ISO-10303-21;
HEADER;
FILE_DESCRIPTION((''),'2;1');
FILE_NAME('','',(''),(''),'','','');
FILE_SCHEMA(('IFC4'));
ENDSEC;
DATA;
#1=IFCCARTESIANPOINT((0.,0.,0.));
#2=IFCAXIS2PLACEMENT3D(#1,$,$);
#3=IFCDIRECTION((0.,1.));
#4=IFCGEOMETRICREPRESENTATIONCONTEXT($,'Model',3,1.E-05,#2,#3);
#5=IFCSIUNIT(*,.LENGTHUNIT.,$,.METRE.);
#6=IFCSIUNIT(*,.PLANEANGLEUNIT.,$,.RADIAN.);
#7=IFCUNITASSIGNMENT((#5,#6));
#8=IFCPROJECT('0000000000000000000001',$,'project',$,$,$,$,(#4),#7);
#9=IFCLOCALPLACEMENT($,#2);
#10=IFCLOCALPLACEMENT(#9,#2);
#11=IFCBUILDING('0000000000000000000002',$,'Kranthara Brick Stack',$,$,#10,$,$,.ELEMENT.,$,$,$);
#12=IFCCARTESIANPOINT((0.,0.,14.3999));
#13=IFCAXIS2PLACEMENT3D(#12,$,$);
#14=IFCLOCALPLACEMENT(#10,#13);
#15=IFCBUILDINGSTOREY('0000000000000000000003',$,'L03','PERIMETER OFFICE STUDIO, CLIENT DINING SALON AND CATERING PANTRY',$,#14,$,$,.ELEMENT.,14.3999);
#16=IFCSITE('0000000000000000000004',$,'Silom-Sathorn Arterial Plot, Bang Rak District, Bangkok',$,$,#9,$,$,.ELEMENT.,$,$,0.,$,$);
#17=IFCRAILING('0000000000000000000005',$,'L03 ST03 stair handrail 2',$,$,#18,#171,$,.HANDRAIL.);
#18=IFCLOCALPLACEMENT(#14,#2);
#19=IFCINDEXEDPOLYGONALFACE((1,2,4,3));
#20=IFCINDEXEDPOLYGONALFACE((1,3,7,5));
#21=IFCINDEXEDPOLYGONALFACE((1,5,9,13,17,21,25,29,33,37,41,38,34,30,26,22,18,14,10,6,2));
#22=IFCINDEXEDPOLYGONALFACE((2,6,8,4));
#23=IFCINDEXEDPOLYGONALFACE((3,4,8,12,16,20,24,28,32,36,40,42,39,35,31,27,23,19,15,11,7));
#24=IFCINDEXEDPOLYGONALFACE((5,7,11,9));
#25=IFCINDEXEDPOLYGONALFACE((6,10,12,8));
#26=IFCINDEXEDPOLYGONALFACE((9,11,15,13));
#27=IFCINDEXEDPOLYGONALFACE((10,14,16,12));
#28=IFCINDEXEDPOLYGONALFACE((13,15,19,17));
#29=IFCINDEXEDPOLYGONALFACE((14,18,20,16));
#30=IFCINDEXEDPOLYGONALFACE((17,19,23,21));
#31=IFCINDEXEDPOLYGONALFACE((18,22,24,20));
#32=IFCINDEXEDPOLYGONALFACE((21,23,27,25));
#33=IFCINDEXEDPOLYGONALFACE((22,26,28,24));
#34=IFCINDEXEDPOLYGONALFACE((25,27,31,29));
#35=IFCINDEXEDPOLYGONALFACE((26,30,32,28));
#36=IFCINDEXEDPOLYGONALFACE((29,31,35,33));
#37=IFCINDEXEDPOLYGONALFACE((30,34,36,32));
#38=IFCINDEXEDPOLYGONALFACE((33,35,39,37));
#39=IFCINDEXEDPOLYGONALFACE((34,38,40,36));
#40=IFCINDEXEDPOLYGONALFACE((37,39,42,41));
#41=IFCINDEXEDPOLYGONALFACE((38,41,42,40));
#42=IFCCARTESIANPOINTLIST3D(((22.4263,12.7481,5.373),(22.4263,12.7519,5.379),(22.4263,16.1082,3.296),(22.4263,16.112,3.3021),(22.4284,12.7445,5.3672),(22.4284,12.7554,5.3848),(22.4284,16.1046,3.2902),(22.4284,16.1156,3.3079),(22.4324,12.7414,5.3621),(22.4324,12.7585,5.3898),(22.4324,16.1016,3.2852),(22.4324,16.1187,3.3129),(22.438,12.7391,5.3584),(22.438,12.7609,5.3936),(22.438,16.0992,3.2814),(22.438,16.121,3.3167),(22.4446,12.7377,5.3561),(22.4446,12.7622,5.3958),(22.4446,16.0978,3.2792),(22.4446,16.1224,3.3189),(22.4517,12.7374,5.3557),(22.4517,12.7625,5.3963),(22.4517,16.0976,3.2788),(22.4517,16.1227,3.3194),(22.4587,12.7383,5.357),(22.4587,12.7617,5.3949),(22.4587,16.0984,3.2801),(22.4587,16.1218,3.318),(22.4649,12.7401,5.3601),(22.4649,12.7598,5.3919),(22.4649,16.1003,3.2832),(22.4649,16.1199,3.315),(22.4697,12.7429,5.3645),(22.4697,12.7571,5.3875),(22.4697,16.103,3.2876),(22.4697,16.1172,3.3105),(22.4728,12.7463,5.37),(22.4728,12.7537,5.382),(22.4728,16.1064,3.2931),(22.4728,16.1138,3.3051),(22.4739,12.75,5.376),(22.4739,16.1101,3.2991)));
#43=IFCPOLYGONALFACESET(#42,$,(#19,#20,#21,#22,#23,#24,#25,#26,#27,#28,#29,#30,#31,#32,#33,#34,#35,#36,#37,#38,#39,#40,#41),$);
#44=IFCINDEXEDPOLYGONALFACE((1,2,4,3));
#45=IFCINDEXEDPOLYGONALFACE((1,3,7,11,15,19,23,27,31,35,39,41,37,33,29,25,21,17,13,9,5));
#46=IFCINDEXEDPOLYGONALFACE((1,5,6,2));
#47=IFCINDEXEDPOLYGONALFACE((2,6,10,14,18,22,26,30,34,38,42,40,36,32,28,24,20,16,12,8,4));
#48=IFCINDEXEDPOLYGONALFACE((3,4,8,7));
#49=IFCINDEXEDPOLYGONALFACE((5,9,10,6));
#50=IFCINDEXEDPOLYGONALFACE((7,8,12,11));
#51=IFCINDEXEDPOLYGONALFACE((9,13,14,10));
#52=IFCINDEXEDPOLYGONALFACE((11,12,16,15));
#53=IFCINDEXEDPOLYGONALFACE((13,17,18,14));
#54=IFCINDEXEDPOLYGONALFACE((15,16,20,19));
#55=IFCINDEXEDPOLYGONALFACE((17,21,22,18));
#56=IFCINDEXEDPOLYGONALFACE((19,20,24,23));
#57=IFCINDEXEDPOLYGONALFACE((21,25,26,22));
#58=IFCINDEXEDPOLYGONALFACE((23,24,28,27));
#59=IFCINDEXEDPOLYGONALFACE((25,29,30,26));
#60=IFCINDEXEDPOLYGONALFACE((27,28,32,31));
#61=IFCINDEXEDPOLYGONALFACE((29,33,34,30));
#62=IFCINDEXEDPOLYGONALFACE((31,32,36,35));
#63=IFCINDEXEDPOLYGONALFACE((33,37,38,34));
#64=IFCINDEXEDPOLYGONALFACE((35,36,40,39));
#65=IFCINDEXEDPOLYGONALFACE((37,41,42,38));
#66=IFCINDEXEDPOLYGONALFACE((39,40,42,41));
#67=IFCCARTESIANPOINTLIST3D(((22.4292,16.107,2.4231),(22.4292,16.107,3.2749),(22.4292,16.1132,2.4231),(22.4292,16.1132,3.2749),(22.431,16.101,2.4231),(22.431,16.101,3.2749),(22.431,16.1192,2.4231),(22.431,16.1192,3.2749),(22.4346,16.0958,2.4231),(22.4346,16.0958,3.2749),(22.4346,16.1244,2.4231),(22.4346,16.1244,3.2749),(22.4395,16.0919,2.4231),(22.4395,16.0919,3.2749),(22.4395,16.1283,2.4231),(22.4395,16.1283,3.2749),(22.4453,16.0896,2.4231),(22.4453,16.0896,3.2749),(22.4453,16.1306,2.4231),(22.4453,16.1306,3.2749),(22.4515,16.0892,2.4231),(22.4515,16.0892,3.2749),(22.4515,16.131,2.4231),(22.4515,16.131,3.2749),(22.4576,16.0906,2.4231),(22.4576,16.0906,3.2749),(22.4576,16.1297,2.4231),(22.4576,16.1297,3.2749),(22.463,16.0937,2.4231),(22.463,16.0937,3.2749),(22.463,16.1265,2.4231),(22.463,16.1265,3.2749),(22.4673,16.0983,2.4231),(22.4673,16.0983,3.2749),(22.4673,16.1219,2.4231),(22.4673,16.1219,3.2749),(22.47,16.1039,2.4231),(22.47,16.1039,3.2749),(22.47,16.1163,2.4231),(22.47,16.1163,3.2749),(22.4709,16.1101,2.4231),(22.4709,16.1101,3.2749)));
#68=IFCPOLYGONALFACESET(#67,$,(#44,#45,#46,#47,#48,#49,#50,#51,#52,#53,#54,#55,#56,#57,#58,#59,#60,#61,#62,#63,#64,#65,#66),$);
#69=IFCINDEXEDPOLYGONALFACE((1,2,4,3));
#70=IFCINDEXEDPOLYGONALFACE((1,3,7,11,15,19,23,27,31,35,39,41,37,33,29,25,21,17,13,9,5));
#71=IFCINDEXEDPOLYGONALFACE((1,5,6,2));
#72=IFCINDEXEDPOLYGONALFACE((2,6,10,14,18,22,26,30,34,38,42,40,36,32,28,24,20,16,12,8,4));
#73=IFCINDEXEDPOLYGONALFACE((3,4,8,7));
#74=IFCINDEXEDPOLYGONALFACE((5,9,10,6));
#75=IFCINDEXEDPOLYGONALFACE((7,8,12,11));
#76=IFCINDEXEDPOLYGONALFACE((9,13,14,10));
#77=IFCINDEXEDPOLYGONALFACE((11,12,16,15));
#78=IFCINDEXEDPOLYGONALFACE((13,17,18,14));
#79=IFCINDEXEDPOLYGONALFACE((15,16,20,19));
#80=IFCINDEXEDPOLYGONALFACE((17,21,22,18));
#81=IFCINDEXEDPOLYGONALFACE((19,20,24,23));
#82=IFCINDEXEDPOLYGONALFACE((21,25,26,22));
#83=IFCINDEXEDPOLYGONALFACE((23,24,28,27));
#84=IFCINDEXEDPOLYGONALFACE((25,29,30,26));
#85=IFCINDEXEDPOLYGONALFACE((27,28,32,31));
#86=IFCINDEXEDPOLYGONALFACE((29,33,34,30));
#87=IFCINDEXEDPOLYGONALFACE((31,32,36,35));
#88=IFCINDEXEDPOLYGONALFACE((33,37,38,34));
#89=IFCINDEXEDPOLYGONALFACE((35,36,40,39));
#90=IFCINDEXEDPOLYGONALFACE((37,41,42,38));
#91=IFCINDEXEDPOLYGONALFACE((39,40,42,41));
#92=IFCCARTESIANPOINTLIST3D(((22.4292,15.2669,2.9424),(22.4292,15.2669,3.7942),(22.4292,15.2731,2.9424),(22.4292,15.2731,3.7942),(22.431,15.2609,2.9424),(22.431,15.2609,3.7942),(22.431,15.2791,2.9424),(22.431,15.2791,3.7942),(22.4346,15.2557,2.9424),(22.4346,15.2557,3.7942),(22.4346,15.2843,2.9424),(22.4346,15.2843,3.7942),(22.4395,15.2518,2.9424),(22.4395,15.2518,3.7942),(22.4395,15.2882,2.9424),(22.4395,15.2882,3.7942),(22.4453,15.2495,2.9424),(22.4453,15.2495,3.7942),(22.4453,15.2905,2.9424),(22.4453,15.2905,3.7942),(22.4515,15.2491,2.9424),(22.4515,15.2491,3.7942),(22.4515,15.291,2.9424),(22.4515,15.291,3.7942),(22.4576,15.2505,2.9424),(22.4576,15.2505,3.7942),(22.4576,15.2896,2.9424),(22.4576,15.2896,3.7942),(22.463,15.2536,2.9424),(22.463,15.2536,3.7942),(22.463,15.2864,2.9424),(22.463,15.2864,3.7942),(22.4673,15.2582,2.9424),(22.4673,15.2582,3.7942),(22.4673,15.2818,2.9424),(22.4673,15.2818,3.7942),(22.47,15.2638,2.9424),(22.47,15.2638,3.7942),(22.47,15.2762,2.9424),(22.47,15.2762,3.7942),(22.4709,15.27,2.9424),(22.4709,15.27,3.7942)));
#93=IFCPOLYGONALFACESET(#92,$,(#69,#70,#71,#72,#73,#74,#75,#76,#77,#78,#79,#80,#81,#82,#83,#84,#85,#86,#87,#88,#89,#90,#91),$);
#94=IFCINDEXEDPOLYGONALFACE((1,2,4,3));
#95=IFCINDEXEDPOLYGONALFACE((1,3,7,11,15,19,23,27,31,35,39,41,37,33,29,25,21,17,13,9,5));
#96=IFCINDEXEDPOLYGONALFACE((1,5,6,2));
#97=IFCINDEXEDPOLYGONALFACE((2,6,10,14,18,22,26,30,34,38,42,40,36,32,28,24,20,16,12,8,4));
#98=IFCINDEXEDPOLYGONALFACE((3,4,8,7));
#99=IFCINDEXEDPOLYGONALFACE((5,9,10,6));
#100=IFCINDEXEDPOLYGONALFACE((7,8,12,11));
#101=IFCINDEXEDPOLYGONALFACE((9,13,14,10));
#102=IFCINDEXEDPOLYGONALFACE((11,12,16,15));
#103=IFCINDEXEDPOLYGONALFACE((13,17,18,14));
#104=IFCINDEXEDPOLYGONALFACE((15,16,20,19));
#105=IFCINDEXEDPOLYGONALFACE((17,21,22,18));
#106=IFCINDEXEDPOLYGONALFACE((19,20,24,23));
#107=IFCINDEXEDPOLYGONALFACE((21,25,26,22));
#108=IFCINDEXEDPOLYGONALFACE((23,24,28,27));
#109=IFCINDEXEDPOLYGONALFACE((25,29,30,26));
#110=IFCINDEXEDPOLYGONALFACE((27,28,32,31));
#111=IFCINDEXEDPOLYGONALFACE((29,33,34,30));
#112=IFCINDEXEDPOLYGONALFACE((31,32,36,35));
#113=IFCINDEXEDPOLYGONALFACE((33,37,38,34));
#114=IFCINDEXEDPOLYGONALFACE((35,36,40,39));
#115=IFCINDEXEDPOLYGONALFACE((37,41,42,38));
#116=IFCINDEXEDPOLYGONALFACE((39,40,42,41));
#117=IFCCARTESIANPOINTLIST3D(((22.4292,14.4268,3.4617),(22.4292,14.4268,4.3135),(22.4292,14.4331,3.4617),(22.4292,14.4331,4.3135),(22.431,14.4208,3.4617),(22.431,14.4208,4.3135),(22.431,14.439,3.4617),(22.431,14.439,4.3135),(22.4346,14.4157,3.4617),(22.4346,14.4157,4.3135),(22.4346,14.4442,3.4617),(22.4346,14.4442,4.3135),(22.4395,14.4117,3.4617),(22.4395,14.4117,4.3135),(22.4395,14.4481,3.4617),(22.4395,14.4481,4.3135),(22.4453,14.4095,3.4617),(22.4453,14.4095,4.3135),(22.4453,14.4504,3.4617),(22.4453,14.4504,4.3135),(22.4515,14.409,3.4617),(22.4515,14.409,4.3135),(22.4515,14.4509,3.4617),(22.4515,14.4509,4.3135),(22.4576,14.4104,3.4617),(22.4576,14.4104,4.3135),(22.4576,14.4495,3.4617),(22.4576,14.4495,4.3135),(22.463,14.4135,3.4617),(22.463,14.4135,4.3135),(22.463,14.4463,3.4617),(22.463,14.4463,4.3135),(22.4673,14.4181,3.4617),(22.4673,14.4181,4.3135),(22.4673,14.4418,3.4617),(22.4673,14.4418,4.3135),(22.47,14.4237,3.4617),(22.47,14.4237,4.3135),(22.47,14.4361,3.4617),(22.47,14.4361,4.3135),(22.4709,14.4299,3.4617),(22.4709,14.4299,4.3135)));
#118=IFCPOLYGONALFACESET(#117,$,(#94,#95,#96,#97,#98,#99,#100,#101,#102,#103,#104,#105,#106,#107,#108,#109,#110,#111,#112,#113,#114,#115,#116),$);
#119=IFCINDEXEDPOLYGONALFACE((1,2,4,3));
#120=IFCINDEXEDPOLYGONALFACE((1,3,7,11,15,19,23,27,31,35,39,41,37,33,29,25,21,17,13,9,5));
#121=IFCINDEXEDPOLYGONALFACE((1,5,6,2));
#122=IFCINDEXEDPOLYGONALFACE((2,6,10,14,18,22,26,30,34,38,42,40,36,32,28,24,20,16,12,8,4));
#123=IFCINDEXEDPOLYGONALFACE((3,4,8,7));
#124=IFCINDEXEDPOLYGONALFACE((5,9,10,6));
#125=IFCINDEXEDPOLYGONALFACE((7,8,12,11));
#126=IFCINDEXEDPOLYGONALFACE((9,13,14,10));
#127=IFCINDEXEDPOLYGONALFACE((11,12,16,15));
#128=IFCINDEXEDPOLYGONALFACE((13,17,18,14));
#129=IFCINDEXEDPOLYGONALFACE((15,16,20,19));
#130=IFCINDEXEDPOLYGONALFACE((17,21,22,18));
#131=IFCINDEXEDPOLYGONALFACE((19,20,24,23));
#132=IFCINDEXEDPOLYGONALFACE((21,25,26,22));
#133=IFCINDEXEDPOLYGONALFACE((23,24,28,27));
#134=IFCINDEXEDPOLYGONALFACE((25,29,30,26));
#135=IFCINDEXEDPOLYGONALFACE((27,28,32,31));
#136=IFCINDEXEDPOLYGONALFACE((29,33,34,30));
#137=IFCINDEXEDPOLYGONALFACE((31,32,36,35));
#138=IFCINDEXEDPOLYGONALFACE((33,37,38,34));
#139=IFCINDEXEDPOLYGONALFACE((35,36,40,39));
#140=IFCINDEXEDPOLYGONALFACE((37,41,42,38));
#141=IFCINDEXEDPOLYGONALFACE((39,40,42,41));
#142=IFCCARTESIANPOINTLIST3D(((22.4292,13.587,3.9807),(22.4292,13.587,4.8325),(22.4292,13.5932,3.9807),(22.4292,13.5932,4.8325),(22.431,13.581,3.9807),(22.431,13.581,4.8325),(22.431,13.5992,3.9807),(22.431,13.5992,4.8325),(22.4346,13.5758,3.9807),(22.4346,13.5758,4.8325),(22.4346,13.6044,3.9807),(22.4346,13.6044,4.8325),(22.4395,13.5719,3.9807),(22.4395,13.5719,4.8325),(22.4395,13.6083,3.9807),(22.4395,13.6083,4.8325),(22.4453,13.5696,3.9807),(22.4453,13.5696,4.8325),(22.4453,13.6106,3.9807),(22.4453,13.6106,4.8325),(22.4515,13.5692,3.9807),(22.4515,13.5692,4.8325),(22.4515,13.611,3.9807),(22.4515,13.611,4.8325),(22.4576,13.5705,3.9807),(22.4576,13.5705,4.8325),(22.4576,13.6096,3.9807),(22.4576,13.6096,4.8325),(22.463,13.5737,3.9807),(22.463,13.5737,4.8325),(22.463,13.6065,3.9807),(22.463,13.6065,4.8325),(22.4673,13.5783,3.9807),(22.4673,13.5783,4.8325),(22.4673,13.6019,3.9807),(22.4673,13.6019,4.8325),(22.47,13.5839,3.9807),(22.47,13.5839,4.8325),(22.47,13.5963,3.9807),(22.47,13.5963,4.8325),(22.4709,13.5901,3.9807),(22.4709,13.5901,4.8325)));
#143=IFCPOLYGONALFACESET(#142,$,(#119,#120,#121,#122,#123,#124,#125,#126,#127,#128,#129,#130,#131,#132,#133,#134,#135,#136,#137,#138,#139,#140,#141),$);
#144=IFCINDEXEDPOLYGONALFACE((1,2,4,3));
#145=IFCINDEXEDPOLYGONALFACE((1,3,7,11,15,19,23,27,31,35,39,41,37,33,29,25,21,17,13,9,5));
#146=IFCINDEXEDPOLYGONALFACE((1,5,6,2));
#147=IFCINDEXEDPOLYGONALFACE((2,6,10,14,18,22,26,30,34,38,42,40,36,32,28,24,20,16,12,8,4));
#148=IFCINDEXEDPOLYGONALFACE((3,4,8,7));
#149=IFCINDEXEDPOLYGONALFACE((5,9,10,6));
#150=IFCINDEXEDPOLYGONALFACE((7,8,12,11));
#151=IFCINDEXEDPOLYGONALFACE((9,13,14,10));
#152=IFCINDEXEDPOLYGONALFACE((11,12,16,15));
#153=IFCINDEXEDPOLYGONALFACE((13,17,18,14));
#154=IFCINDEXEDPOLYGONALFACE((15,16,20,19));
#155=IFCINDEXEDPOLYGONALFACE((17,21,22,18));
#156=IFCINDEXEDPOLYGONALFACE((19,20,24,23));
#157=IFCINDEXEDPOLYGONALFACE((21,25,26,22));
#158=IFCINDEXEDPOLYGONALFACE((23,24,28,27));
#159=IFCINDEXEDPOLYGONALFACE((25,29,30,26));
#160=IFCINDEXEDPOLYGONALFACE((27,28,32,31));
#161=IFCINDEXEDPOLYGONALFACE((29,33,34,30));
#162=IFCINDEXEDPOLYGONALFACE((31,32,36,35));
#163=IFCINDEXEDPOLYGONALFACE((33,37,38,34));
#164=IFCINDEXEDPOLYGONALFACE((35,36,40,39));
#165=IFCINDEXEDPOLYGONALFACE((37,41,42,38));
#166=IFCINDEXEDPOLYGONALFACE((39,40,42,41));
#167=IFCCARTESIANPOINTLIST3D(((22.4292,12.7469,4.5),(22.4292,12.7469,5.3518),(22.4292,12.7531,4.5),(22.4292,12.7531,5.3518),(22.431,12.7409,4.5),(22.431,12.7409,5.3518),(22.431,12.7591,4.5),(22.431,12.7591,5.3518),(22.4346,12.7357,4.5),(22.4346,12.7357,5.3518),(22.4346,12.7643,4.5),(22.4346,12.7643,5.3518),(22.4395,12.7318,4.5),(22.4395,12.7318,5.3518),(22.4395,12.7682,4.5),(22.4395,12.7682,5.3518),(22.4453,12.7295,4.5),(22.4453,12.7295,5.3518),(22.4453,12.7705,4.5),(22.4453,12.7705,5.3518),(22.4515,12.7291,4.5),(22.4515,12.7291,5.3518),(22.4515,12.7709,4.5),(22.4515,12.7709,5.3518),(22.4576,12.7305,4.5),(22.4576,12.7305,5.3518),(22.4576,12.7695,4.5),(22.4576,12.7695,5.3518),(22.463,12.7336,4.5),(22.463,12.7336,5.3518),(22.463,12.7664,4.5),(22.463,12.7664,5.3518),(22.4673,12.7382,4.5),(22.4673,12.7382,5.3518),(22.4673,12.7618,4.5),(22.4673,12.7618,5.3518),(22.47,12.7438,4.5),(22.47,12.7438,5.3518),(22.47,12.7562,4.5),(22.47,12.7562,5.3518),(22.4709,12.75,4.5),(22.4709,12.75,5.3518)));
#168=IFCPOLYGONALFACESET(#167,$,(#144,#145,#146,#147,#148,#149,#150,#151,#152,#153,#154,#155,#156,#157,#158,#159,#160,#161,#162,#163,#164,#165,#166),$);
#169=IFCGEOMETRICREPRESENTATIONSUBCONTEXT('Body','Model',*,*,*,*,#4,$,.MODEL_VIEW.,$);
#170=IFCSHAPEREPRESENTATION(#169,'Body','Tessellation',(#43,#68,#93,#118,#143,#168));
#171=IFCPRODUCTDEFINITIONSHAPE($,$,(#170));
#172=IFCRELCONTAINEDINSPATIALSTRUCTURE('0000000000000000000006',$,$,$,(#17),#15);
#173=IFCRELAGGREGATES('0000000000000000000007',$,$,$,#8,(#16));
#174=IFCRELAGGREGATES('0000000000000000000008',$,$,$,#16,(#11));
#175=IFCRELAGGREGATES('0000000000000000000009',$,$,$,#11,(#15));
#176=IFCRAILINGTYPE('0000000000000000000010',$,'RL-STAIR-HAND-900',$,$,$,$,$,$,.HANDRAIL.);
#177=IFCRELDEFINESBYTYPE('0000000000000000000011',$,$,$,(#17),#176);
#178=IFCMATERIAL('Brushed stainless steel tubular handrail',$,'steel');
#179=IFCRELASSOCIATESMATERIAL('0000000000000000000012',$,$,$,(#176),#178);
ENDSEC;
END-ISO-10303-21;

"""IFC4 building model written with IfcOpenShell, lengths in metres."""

from ifc_helpers import new_model, si_unit, direction, frame, origin, origin_2d, place, context, subcontext, project, spatial, circle, extrude, material, type_object, element, save


model = new_model("IFC4")

# Units and contexts
model_context = context("Model", 3, precision=1e-05, world=origin(), true_north=direction((0.0, 1.0)))
body_context = subcontext(model_context, "Body", "Model", "MODEL_VIEW")
ifc_project = project(units=[si_unit("LENGTHUNIT", "METRE"), si_unit("PLANEANGLEUNIT", "RADIAN")], contexts=[model_context])

# Site, building, storey
site_placement = place(None, origin())
site = spatial("IfcSite", under=ifc_project, at=site_placement, Name="Silom-Sathorn Arterial Plot, Bang Rak District, Bangkok", CompositionType="ELEMENT", RefElevation=0.0)
building_placement = place(site_placement, origin())
building = spatial("IfcBuilding", under=site, at=building_placement, Name="Kranthara Brick Stack", CompositionType="ELEMENT")
storey_placement = place(building_placement, frame((0.0, 0.0, 14.3999)))
storey = spatial("IfcBuildingStorey", under=building, at=storey_placement, Name="L03", Description="PERIMETER OFFICE STUDIO, CLIENT DINING SALON AND CATERING PANTRY", CompositionType="ELEMENT", Elevation=14.3999)

# Railing
ifc_material_1 = material(Name="Brushed stainless steel tubular handrail", Category="steel")
railing_type_1 = type_object("IfcRailingType", Name="RL-STAIR-HAND-900", PredefinedType="HANDRAIL", material=ifc_material_1)
railing_1_placement = place(storey_placement, frame((22.45, 16.1101, 2.4231)))
element("IfcRailing", 1, at=railing_1_placement, inside=storey, type_object=railing_type_1, Name="L03 ST03 stair handrail 2", PredefinedType="HANDRAIL", context=body_context, shape_type="SweptSolid", body=[
    extrude(circle(Radius=0.0239, at=origin_2d()), frame((0.0, 0.0, 0.876), z_axis=(0.0, -0.850623, 0.525776), x_axis=(1.0, 0.0, 0.0)), (0.0, 0.0, 1.0), 3.9502),
    extrude(circle(Radius=0.021, at=origin_2d()), origin(), (0.0, 0.0, 1.0), 0.8518),
    extrude(circle(Radius=0.021, at=origin_2d()), frame((0.0, -0.8401, 0.5193)), (0.0, 0.0, 1.0), 0.8518),
    extrude(circle(Radius=0.021, at=origin_2d()), frame((0.0, -1.6802, 1.0386)), (0.0, 0.0, 1.0), 0.8518),
    extrude(circle(Radius=0.021, at=origin_2d()), frame((0.0, -2.52, 1.5576)), (0.0, 0.0, 1.0), 0.8518),
    extrude(circle(Radius=0.021, at=origin_2d()), frame((0.0, -3.3601, 2.0769)), (0.0, 0.0, 1.0), 0.8518),
])

save(model, "model.ifc")
